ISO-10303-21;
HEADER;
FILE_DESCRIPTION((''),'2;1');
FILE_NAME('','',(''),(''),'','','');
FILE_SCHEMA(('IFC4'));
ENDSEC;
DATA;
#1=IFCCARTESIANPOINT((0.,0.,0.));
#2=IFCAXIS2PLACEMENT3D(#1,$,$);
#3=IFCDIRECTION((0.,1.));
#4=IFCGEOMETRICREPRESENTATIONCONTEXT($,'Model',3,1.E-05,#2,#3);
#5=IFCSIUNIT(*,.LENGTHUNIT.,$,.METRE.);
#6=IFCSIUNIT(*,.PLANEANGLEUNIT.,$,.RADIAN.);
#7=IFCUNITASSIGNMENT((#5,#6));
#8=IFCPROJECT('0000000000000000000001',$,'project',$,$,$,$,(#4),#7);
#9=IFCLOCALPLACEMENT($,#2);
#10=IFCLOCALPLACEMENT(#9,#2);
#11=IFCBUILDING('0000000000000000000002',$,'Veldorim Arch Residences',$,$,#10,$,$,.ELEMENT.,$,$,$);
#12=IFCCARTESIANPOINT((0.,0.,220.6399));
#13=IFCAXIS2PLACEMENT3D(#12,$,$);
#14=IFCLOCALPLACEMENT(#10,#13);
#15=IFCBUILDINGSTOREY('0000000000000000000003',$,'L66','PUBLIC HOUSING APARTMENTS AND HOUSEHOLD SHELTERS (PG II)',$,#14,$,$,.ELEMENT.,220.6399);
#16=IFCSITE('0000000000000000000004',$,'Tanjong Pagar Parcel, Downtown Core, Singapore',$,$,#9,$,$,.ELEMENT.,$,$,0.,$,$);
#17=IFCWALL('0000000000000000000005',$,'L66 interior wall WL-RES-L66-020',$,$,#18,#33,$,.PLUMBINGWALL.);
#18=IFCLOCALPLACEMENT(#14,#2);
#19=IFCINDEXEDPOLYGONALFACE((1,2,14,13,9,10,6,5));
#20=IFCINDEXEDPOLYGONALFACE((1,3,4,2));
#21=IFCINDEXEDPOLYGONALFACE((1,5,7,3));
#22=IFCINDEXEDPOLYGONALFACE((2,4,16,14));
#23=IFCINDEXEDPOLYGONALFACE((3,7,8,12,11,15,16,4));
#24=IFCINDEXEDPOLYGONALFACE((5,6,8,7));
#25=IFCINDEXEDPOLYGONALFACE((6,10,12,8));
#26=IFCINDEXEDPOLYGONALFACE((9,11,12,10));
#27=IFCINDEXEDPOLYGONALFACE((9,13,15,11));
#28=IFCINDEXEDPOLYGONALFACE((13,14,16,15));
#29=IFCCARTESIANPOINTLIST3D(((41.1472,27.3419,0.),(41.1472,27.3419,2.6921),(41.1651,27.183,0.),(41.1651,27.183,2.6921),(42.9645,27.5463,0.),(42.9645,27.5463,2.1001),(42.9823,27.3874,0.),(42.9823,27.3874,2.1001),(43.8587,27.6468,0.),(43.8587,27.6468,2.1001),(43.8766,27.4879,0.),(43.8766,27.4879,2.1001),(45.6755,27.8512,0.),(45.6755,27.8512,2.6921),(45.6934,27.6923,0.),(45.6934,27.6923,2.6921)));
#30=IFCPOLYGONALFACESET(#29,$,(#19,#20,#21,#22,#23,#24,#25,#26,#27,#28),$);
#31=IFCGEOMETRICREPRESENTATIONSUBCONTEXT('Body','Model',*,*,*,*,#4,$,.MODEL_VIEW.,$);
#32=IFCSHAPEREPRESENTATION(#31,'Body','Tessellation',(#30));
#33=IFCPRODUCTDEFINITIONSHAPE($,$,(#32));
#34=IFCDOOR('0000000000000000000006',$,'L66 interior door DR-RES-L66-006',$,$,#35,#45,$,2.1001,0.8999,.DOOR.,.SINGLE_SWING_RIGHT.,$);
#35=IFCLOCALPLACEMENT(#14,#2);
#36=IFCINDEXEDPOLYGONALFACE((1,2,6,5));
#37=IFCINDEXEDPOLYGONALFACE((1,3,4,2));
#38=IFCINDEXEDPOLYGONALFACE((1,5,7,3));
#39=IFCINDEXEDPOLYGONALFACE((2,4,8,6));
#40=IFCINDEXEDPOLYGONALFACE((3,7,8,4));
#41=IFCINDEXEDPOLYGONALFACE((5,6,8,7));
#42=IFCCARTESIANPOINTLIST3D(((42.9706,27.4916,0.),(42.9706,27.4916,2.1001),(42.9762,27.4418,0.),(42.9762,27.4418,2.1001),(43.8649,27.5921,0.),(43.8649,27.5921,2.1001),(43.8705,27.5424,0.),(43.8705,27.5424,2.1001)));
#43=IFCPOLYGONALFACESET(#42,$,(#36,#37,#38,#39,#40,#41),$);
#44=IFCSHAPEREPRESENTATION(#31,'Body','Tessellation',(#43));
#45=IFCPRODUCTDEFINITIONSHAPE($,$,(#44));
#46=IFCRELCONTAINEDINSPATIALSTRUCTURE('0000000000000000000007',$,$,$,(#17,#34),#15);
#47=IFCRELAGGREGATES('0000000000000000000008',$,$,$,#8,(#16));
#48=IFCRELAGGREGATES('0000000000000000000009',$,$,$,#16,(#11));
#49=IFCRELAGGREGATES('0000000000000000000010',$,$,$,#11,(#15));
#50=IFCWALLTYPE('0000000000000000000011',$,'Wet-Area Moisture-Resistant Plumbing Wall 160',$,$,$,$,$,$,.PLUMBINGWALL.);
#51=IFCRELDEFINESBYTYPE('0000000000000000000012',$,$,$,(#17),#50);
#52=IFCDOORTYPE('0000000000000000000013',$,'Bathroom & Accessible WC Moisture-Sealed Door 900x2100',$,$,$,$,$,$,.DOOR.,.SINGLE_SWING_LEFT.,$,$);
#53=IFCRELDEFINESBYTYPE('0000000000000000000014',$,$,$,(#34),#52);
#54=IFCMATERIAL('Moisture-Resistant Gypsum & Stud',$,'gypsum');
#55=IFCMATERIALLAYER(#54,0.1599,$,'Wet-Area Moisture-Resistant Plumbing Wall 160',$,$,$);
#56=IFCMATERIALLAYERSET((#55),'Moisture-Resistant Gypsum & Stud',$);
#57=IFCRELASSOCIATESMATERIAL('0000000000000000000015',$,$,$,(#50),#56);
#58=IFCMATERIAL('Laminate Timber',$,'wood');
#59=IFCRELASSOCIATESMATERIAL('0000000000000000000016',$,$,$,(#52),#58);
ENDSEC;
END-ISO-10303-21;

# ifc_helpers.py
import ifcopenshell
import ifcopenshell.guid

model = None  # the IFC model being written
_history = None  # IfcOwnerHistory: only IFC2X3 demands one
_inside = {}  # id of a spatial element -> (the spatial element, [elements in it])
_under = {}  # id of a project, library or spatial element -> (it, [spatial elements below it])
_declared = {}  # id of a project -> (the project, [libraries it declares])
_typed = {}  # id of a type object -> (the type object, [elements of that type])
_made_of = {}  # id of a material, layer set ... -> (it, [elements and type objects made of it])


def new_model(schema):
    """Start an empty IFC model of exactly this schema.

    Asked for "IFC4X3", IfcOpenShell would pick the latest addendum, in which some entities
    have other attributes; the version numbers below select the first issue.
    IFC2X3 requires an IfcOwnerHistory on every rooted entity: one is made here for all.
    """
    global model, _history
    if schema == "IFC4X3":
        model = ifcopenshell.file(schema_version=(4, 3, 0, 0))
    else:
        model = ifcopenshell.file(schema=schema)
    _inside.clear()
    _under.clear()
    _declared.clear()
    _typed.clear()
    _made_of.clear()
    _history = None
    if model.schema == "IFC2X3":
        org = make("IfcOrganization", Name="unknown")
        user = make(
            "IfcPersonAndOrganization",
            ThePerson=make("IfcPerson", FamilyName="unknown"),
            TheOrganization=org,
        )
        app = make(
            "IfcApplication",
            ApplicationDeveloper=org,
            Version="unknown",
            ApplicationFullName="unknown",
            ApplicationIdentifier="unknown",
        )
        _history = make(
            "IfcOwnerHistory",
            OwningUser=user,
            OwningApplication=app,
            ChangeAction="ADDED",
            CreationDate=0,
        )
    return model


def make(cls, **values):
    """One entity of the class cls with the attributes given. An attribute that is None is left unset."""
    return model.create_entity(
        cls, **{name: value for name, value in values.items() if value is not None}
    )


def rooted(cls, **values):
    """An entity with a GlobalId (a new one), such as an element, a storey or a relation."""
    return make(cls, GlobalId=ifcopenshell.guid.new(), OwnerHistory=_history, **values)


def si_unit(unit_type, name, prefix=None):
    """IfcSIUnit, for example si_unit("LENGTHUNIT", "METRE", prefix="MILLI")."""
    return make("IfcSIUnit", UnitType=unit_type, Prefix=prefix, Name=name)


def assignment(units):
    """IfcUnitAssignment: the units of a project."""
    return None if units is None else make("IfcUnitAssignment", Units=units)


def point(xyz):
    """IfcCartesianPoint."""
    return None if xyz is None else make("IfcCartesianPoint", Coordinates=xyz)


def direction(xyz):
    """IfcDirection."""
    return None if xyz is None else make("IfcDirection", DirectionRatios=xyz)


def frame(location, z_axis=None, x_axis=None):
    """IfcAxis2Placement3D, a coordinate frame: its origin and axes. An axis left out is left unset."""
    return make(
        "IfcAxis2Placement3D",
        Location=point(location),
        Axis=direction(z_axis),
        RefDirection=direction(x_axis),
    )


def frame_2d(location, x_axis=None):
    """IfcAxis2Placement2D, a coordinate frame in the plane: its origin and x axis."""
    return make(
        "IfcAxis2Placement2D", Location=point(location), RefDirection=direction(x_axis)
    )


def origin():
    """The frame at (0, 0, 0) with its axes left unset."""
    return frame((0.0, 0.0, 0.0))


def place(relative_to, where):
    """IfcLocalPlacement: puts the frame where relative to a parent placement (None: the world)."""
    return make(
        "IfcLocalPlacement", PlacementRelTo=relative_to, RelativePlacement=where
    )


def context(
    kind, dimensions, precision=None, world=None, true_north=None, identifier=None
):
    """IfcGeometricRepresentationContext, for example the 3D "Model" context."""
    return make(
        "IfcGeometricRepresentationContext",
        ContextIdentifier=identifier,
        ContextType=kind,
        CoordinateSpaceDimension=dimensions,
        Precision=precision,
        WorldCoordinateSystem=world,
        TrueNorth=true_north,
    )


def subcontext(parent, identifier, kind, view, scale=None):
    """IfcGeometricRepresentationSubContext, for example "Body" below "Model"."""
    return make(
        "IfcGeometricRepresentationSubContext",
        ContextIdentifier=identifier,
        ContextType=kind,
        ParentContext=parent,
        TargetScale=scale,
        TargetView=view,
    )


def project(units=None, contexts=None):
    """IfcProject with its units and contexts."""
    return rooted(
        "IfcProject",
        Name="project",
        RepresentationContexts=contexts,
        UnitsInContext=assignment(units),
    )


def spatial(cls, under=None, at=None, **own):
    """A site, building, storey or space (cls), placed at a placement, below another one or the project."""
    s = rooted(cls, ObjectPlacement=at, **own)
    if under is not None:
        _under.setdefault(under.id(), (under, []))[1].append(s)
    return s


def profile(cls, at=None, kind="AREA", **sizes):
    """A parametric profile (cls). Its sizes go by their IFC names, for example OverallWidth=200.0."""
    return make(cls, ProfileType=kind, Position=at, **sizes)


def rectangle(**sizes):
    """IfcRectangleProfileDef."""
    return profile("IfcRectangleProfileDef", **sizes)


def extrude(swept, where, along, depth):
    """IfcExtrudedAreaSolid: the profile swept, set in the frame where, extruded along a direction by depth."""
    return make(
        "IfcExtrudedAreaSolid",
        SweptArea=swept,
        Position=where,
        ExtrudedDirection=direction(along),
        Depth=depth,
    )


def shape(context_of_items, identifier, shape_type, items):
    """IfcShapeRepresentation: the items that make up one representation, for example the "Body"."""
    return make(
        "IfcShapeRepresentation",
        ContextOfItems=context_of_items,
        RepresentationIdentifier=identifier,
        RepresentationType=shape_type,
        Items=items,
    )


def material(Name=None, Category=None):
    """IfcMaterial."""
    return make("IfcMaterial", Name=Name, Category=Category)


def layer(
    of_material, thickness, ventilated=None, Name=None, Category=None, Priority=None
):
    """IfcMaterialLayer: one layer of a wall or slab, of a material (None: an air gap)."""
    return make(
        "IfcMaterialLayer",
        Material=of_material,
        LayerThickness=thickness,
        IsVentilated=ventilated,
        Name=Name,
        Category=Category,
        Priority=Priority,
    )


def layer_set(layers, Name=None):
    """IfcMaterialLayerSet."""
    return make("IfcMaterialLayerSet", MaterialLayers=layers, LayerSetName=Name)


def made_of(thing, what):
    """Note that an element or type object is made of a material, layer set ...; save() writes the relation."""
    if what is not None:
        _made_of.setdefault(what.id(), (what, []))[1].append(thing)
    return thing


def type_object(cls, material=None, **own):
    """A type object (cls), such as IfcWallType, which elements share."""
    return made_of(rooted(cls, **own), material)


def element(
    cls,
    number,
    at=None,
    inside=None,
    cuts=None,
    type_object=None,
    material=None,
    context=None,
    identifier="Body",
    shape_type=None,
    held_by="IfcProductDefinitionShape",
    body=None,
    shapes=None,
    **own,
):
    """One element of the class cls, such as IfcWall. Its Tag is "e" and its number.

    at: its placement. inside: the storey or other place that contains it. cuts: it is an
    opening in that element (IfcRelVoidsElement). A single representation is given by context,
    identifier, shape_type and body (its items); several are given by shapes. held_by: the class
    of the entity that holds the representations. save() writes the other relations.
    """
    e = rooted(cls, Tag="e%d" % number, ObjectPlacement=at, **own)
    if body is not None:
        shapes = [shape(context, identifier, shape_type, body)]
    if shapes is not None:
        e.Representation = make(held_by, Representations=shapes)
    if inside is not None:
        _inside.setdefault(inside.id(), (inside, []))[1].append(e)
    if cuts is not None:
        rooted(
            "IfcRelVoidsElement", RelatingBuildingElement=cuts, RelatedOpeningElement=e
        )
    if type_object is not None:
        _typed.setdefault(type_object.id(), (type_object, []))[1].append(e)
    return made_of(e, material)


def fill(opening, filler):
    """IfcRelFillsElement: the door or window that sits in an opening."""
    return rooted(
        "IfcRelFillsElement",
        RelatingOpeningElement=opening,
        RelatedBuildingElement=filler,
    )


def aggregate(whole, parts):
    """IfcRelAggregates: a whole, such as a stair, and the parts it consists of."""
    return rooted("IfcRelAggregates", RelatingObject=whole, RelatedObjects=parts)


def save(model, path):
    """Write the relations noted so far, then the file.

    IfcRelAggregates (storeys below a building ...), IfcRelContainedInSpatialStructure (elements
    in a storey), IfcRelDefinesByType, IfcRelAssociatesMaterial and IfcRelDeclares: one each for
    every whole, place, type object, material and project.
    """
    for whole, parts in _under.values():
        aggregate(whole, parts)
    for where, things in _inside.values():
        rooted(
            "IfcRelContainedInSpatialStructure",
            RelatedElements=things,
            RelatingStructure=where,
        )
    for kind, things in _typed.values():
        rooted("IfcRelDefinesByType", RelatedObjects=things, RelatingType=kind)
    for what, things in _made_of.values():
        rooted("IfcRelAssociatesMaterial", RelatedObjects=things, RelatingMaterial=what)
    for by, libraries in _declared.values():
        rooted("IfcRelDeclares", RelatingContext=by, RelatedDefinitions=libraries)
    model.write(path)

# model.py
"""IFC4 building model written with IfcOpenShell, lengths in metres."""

from ifc_helpers import new_model, si_unit, direction, frame, frame_2d, origin, place, context, subcontext, project, spatial, rectangle, extrude, material, layer, layer_set, type_object, element, fill, save


model = new_model("IFC4")

# Units and contexts
model_context = context("Model", 3, precision=1e-05, world=origin(), true_north=direction((0.0, 1.0)))
body_context = subcontext(model_context, "Body", "Model", "MODEL_VIEW")
ifc_project = project(units=[si_unit("LENGTHUNIT", "METRE"), si_unit("PLANEANGLEUNIT", "RADIAN")], contexts=[model_context])

# Site, building, storey
site_placement = place(None, origin())
site = spatial("IfcSite", under=ifc_project, at=site_placement, Name="Tanjong Pagar Parcel, Downtown Core, Singapore", CompositionType="ELEMENT", RefElevation=0.0)
building_placement = place(site_placement, origin())
building = spatial("IfcBuilding", under=site, at=building_placement, Name="Veldorim Arch Residences", CompositionType="ELEMENT")
storey_placement = place(building_placement, frame((0.0, 0.0, 220.6399)))
storey = spatial("IfcBuildingStorey", under=building, at=storey_placement, Name="L66", Description="PUBLIC HOUSING APARTMENTS AND HOUSEHOLD SHELTERS (PG II)", CompositionType="ELEMENT", Elevation=220.6399)

# Wall, opening, door
ifc_material_1 = material(Name="Moisture-Resistant Gypsum & Stud", Category="gypsum")
ifc_layer_1 = layer(ifc_material_1, 0.1599, Name="Wet-Area Moisture-Resistant Plumbing Wall 160")
ifc_layer_set_1 = layer_set([ifc_layer_1], Name="Moisture-Resistant Gypsum & Stud")
wall_type_1 = type_object("IfcWallType", Name="Wet-Area Moisture-Resistant Plumbing Wall 160", PredefinedType="PLUMBINGWALL", material=ifc_layer_set_1)
wall_1_placement = place(storey_placement, frame((41.1562, 27.2625, 0.0), z_axis=(0.0, 0.0, 1.0), x_axis=(0.993735, 0.11176, 0.0)))
wall_1 = element("IfcWall", 1, at=wall_1_placement, inside=storey, type_object=wall_type_1, Name="L66 interior wall WL-RES-L66-020", PredefinedType="PLUMBINGWALL", context=body_context, shape_type="SweptSolid", body=[
    extrude(rectangle(XDim=4.5569, YDim=0.1599, at=frame_2d((2.2783, 0.0))), origin(), (0.0, 0.0, 1.0), 2.6921),
])
opening_1_placement = place(wall_1_placement, frame((1.8286, 0.0, 0.0)))
opening_1 = element("IfcOpeningElement", 2, at=opening_1_placement, cuts=wall_1, PredefinedType="OPENING", context=body_context, shape_type="SweptSolid", body=[
    extrude(rectangle(XDim=0.8999, YDim=2.1001, at=frame_2d((0.45, 1.05))), frame((0.0, 0.0898, 0.0), z_axis=(0.0, -1.0, 0.0), x_axis=(1.0, 0.0, 0.0)), (0.0, 0.0, 1.0), 0.1799),
])
ifc_material_2 = material(Name="Laminate Timber", Category="wood")
door_type = type_object("IfcDoorType", Name="Bathroom & Accessible WC Moisture-Sealed Door 900x2100", OperationType="SINGLE_SWING_LEFT", PredefinedType="DOOR", material=ifc_material_2)
door_placement = place(opening_1_placement, origin())
door = element("IfcDoor", 3, at=door_placement, inside=storey, type_object=door_type, Name="L66 interior door DR-RES-L66-006", OperationType="SINGLE_SWING_RIGHT", OverallHeight=2.1001, OverallWidth=0.8999, PredefinedType="DOOR", context=body_context, shape_type="SweptSolid", body=[
    extrude(rectangle(XDim=0.8999, YDim=2.1001, at=frame_2d((0.45, 1.05))), frame((0.0, 0.0249, 0.0), z_axis=(0.0, -1.0, 0.0), x_axis=(1.0, 0.0, 0.0)), (0.0, 0.0, 1.0), 0.05),
])
fill(opening_1, door)

save(model, "model.ifc")
